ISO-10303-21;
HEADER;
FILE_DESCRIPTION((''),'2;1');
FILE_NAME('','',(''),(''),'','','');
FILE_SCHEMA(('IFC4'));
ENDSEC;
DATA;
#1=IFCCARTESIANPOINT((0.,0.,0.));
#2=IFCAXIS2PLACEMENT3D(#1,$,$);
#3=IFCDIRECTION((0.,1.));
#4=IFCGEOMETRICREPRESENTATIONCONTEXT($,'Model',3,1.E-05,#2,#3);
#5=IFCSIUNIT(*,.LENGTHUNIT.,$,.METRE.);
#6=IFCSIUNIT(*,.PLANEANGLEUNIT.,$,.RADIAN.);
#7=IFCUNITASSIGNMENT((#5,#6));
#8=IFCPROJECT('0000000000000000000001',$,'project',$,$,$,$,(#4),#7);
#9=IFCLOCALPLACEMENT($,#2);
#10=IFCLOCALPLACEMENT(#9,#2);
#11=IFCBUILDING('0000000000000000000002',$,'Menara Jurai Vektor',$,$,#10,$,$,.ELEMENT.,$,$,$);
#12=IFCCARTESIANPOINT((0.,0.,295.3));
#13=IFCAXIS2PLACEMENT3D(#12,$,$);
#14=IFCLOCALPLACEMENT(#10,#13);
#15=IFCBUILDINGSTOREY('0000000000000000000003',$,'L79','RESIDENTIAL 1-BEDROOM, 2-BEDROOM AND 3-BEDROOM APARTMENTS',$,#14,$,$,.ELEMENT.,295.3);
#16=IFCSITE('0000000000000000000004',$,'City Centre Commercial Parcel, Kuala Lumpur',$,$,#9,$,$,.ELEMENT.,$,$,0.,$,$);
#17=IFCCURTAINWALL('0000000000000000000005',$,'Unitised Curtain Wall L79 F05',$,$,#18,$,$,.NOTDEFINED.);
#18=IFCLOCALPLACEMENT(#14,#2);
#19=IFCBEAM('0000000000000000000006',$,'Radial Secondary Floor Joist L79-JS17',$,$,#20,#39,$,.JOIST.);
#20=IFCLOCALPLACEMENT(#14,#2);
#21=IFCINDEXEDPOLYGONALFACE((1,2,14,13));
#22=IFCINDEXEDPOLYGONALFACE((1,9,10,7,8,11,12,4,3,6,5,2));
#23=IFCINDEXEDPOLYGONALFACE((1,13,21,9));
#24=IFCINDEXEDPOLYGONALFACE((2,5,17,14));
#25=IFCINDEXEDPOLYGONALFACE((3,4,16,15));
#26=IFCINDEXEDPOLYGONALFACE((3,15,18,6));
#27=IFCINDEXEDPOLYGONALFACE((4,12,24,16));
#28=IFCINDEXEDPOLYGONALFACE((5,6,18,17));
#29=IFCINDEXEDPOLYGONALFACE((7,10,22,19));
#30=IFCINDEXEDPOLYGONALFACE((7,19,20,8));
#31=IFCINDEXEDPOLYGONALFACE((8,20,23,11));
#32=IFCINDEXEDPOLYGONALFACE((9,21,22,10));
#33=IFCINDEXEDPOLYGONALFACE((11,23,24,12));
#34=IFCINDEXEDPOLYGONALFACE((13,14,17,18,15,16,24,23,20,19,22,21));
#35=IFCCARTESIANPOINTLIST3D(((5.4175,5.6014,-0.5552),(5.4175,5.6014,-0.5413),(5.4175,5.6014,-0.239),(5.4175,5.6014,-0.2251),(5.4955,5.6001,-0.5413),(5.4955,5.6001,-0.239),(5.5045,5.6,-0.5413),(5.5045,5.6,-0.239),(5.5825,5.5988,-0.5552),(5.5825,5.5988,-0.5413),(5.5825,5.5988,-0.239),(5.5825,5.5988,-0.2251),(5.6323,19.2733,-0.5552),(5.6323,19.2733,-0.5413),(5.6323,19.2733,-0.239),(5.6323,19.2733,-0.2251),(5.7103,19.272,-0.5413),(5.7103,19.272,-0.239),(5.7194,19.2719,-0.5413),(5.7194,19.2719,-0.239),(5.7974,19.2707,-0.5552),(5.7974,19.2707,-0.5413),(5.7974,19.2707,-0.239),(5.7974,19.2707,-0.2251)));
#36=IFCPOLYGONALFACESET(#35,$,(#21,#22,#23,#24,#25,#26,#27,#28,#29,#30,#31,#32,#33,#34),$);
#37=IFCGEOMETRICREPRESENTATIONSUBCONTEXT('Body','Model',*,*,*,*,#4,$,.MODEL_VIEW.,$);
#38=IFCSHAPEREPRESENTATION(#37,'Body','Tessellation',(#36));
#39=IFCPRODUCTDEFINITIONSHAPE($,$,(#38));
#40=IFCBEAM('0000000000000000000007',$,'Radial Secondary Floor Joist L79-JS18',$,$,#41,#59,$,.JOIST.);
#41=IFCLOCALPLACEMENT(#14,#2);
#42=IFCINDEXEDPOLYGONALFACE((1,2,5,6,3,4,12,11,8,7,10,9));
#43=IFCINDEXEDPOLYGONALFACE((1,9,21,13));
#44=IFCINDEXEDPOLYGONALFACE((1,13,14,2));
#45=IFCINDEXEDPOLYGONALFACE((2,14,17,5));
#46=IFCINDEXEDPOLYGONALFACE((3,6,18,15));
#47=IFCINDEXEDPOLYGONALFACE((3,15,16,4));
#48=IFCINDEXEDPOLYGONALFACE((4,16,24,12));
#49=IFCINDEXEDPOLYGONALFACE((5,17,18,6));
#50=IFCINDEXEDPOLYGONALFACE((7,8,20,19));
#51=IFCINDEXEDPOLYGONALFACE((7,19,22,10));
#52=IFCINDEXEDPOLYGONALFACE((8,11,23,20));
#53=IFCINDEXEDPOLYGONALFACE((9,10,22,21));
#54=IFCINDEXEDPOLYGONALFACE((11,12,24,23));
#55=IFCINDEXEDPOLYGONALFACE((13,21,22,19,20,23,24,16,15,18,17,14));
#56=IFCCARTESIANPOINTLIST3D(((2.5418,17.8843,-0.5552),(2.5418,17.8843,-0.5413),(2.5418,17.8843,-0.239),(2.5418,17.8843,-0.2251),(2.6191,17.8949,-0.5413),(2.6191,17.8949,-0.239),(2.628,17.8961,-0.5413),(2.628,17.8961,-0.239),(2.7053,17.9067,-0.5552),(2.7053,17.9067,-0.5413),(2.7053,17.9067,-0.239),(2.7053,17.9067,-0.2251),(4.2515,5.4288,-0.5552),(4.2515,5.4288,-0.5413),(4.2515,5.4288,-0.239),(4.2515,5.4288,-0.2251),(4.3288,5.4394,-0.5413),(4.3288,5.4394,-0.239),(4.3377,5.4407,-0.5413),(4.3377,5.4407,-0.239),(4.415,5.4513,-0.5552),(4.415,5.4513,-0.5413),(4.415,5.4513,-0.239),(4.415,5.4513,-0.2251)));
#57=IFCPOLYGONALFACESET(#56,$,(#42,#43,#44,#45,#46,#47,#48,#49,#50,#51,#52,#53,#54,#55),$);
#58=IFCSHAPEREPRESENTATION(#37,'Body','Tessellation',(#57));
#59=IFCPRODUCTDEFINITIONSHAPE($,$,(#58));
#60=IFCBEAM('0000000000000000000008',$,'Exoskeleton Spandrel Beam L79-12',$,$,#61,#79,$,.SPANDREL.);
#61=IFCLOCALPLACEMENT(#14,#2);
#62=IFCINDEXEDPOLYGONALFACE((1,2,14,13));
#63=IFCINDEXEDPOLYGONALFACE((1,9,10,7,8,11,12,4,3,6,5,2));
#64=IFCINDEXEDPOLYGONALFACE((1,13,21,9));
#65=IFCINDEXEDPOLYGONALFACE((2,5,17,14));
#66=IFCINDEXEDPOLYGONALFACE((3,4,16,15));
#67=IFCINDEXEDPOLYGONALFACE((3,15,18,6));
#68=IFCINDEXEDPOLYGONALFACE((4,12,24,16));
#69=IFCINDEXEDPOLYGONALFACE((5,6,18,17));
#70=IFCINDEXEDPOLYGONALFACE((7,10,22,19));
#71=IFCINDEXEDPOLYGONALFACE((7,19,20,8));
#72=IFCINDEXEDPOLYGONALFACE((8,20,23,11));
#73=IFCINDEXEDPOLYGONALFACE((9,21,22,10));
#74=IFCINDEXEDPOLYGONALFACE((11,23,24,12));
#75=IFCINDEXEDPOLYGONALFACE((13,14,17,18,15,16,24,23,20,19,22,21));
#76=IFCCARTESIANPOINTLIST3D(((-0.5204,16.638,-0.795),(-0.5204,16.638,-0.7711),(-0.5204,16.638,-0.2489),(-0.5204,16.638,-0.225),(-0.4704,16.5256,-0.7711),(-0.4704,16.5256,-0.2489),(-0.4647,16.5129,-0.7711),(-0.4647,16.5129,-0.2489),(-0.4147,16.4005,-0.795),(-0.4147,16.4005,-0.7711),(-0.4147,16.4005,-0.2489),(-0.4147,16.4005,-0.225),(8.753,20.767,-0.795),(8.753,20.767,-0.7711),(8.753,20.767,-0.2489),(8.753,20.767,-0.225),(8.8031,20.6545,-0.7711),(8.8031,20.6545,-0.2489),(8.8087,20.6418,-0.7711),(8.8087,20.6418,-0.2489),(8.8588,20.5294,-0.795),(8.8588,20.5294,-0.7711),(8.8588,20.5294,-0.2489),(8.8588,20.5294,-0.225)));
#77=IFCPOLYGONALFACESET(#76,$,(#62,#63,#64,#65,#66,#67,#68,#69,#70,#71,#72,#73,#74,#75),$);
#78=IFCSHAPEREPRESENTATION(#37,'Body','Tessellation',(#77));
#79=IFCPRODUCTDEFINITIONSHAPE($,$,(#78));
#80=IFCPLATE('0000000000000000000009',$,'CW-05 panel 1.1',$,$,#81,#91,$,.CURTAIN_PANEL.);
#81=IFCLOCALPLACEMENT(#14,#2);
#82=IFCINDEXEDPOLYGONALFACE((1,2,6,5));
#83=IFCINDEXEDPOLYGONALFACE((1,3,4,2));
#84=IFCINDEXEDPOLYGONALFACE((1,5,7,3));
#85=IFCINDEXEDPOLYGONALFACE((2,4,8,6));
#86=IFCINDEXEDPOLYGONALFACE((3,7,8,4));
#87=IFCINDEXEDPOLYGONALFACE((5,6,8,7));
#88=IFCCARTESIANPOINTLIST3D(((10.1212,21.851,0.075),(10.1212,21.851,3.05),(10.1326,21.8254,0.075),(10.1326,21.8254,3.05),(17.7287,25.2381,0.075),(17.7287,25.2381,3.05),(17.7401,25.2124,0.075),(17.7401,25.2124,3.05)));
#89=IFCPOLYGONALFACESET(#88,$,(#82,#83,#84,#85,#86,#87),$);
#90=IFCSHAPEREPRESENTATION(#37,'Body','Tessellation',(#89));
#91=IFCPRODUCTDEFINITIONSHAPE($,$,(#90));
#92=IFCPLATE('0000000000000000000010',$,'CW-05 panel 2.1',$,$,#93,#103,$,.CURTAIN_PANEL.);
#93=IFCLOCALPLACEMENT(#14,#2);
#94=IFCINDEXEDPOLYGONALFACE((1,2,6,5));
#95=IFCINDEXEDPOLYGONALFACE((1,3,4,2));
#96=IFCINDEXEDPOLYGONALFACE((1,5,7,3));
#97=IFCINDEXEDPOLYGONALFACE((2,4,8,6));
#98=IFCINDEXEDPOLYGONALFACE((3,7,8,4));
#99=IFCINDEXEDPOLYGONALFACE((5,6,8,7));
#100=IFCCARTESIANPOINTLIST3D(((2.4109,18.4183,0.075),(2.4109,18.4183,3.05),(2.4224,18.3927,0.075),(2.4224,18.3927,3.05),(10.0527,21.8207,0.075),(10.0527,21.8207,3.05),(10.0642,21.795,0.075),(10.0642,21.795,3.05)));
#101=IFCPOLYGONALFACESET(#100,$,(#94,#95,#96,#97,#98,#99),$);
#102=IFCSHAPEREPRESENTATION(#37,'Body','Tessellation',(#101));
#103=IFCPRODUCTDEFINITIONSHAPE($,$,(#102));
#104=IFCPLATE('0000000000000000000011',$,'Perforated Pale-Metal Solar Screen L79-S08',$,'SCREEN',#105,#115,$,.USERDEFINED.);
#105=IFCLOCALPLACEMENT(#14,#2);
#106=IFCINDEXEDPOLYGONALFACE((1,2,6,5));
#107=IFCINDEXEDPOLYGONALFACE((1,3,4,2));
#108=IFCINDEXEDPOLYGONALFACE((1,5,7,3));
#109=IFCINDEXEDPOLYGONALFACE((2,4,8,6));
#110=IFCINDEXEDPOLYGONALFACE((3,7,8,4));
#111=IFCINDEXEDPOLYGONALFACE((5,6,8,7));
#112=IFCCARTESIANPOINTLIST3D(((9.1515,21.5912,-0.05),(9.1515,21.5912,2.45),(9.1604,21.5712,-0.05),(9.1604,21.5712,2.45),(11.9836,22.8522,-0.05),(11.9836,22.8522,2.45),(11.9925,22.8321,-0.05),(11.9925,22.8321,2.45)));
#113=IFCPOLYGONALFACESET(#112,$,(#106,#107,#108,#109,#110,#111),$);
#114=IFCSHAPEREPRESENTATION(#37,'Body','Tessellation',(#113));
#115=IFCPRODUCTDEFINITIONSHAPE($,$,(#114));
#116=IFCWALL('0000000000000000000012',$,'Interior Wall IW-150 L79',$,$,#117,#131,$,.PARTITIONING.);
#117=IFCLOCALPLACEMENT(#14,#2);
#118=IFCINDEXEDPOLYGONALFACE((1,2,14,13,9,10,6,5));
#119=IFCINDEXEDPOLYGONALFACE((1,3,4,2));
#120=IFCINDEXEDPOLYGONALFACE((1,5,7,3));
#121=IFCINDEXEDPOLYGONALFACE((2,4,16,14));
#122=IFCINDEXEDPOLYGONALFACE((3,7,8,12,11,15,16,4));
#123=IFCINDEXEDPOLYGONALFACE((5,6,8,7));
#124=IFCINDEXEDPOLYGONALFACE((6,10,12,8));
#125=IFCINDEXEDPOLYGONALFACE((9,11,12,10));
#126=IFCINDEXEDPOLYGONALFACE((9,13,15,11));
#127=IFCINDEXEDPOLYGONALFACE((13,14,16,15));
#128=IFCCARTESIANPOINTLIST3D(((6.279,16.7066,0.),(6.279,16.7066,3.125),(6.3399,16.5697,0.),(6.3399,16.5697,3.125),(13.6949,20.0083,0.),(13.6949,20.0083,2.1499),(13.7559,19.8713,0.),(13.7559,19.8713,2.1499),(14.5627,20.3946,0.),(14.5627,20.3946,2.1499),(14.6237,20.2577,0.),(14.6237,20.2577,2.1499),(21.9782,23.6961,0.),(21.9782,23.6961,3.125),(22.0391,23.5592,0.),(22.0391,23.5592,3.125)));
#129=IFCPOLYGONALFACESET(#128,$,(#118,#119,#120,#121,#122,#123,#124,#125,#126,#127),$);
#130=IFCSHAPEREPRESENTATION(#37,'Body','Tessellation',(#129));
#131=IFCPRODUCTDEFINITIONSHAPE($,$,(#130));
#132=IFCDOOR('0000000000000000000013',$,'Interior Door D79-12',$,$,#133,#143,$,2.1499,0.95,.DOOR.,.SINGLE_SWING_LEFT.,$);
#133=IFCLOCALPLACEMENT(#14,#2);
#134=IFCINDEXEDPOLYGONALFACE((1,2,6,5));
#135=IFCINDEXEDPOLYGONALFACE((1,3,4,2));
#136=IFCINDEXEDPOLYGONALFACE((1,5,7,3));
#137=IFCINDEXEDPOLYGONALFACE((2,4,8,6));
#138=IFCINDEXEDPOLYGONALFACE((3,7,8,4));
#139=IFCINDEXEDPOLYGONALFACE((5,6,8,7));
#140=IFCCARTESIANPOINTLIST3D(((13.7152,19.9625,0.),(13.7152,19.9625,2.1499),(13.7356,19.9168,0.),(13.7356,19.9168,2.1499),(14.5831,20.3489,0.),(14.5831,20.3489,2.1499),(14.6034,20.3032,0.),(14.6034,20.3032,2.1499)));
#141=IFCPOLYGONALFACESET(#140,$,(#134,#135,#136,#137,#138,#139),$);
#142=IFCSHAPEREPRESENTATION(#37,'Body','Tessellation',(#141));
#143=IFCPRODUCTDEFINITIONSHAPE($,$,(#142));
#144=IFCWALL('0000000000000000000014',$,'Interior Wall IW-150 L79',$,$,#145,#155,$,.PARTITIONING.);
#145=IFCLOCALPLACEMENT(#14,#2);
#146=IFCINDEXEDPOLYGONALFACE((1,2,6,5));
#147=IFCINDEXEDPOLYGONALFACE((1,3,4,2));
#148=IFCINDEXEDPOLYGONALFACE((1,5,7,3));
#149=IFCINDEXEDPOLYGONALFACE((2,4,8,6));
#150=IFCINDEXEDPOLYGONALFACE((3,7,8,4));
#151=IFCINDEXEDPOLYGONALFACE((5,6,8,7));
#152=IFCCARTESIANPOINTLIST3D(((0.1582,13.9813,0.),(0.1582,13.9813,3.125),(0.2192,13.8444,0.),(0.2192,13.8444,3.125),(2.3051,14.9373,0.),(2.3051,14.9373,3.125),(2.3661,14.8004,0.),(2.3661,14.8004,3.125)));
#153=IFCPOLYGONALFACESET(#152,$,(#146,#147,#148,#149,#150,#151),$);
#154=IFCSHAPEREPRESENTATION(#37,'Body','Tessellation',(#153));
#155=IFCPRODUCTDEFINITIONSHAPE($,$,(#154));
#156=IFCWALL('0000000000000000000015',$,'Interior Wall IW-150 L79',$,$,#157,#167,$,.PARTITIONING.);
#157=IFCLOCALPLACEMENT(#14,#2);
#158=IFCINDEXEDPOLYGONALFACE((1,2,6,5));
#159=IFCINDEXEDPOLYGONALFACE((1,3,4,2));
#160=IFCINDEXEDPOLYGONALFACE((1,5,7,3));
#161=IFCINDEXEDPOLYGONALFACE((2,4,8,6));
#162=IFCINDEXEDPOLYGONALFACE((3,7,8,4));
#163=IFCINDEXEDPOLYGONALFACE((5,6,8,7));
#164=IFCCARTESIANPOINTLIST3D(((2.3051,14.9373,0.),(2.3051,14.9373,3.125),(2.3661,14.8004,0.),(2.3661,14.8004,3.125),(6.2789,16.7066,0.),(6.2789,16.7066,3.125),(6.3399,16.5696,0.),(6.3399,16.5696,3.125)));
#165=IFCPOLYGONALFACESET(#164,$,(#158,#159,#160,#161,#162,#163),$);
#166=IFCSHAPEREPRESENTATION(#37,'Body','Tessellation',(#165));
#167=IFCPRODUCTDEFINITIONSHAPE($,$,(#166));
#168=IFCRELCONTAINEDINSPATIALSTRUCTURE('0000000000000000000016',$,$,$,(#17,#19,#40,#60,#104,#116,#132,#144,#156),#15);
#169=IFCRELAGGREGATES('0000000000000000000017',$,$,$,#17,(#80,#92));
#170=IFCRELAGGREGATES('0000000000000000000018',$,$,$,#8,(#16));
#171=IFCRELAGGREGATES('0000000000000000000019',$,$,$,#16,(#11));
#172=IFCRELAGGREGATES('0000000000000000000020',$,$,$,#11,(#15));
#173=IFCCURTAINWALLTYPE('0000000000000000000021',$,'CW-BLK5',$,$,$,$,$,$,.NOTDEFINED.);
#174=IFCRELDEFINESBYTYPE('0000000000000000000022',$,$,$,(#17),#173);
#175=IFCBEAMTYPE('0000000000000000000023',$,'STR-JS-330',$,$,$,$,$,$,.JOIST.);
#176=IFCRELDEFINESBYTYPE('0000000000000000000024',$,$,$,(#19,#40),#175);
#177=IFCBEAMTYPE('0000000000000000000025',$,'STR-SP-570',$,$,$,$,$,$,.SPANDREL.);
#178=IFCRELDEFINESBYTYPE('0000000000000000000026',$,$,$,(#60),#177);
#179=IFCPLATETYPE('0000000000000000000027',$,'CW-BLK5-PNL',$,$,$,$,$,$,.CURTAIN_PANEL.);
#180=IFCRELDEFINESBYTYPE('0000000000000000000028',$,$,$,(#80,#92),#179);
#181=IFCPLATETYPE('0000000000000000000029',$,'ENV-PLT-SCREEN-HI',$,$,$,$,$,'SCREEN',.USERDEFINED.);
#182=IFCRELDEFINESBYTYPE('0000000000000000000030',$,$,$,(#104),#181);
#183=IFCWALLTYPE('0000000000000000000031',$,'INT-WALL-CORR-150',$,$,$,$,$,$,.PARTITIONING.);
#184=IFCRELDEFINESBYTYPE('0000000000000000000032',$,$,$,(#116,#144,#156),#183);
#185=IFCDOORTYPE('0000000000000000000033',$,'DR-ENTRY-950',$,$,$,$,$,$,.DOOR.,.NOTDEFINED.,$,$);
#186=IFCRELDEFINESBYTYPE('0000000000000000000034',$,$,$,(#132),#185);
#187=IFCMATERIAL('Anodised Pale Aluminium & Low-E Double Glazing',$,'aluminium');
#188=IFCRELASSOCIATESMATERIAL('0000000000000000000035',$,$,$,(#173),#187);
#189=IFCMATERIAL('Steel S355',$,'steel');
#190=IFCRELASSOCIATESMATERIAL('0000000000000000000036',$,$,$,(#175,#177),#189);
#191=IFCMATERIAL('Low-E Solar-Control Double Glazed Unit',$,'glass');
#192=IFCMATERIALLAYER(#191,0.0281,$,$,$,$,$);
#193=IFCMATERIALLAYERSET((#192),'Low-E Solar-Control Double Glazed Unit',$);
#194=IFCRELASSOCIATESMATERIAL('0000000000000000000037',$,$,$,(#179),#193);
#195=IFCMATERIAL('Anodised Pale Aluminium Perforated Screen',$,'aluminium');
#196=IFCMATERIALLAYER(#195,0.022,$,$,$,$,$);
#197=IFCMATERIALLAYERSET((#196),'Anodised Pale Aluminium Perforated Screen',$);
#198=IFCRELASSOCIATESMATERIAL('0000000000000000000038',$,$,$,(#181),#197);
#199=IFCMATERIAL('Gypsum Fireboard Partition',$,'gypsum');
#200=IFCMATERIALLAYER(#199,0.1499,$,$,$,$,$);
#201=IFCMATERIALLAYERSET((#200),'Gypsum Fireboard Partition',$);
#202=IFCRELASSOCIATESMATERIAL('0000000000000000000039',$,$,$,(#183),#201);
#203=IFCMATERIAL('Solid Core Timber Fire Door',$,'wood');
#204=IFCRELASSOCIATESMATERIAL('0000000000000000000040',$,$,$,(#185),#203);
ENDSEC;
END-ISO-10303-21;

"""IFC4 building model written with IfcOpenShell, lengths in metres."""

from ifc_helpers import new_model, si_unit, direction, frame, frame_2d, origin, origin_2d, place, context, subcontext, project, spatial, rectangle, i_section, extrude, material, layer, layer_set, material_profile, profile_set, type_object, element, fill, aggregate, save


model = new_model("IFC4")

# Units and contexts
model_context = context("Model", 3, precision=1e-05, world=origin(), true_north=direction((0.0, 1.0)))
body_context = subcontext(model_context, "Body", "Model", "MODEL_VIEW")
ifc_project = project(units=[si_unit("LENGTHUNIT", "METRE"), si_unit("PLANEANGLEUNIT", "RADIAN")], contexts=[model_context])

# Site, building, storey
site_placement = place(None, origin())
site = spatial("IfcSite", under=ifc_project, at=site_placement, Name="City Centre Commercial Parcel, Kuala Lumpur", CompositionType="ELEMENT", RefElevation=0.0)
building_placement = place(site_placement, origin())
building = spatial("IfcBuilding", under=site, at=building_placement, Name="Menara Jurai Vektor", CompositionType="ELEMENT")
storey_placement = place(building_placement, frame((0.0, 0.0, 295.3)))
storey = spatial("IfcBuildingStorey", under=building, at=storey_placement, Name="L79", Description="RESIDENTIAL 1-BEDROOM, 2-BEDROOM AND 3-BEDROOM APARTMENTS", CompositionType="ELEMENT", Elevation=295.3)

# Curtain wall
ifc_material_1 = material(Name="Anodised Pale Aluminium & Low-E Double Glazing", Category="aluminium")
curtain_wall_type = type_object("IfcCurtainWallType", Name="CW-BLK5", PredefinedType="NOTDEFINED", material=ifc_material_1)
curtain_wall_placement = place(storey_placement, origin())
curtain_wall = element("IfcCurtainWall", 1, at=curtain_wall_placement, inside=storey, type_object=curtain_wall_type, Name="Unitised Curtain Wall L79 F05", PredefinedType="NOTDEFINED")

# Beams
ifc_material_2 = material(Name="Steel S355", Category="steel")
ifc_material_profile_1 = material_profile(ifc_material_2, i_section(OverallWidth=0.165, OverallDepth=0.3301, WebThickness=0.009, FlangeThickness=0.0139, at=origin_2d()), Name="PG 330x165x46")
ifc_profile_set_1 = profile_set([ifc_material_profile_1], Name="Steel S355")
beam_type_1 = type_object("IfcBeamType", Name="STR-JS-330", PredefinedType="JOIST", material=ifc_profile_set_1)
beam_1_placement = place(storey_placement, frame((5.7148, 19.272, -0.3901), z_axis=(-0.015712, -0.999877, 0.0), x_axis=(0.999877, -0.015712, 0.0)))
element("IfcBeam", 2, at=beam_1_placement, inside=storey, type_object=beam_type_1, Name="Radial Secondary Floor Joist L79-JS17", PredefinedType="JOIST", context=body_context, shape_type="SweptSolid", body=[
    extrude(i_section(OverallWidth=0.165, OverallDepth=0.3301, WebThickness=0.009, FlangeThickness=0.0139, at=origin_2d()), origin(), (0.0, 0.0, 1.0), 13.6736),
])
beam_2_placement = place(storey_placement, frame((2.6235, 17.8955, -0.3901), z_axis=(0.13599, -0.99071, 0.0), x_axis=(0.99071, 0.13599, 0.0)))
element("IfcBeam", 3, at=beam_2_placement, inside=storey, type_object=beam_type_1, Name="Radial Secondary Floor Joist L79-JS18", PredefinedType="JOIST", context=body_context, shape_type="SweptSolid", body=[
    extrude(i_section(OverallWidth=0.165, OverallDepth=0.3301, WebThickness=0.009, FlangeThickness=0.0139, at=origin_2d()), origin(), (0.0, 0.0, 1.0), 12.5723),
])
ifc_material_profile_2 = material_profile(ifc_material_2, i_section(OverallWidth=0.26, OverallDepth=0.5701, WebThickness=0.0139, FlangeThickness=0.0239, at=origin_2d()), Name="PG 570x260x145")
ifc_profile_set_2 = profile_set([ifc_material_profile_2], Name="Steel S355")
beam_type_2 = type_object("IfcBeamType", Name="STR-SP-570", PredefinedType="SPANDREL", material=ifc_profile_set_2)
beam_3_placement = place(storey_placement, frame((8.8059, 20.6482, -0.51), z_axis=(-0.913542, -0.406745, 0.0), x_axis=(0.406745, -0.913542, 0.0)))
element("IfcBeam", 4, at=beam_3_placement, inside=storey, type_object=beam_type_2, Name="Exoskeleton Spandrel Beam L79-12", PredefinedType="SPANDREL", context=body_context, shape_type="SweptSolid", body=[
    extrude(i_section(OverallWidth=0.26, OverallDepth=0.5701, WebThickness=0.0139, FlangeThickness=0.0239, at=origin_2d()), origin(), (0.0, 0.0, 1.0), 10.1511),
])

# Plates
ifc_material_3 = material(Name="Low-E Solar-Control Double Glazed Unit", Category="glass")
ifc_layer_1 = layer(ifc_material_3, 0.0281)
ifc_layer_set_1 = layer_set([ifc_layer_1], Name="Low-E Solar-Control Double Glazed Unit")
plate_type_1 = type_object("IfcPlateType", Name="CW-BLK5-PNL", PredefinedType="CURTAIN_PANEL", material=ifc_layer_set_1)
plate_1_placement = place(storey_placement, frame((13.9307, 23.5317, 0.075), z_axis=(0.0, 0.0, 1.0), x_axis=(-0.913546, -0.406735, 0.0)))
plate_1 = element("IfcPlate", 5, at=plate_1_placement, type_object=plate_type_1, Name="CW-05 panel 1.1", PredefinedType="CURTAIN_PANEL", context=body_context, shape_type="SweptSolid", body=[
    extrude(rectangle(XDim=8.3274, YDim=0.0281, at=origin_2d()), origin(), (0.0, 0.0, 1.0), 2.9751),
])
plate_2_placement = place(storey_placement, frame((6.2375, 20.1067, 0.075), z_axis=(0.0, 0.0, 1.0), x_axis=(-0.913546, -0.406735, 0.0)))
plate_2 = element("IfcPlate", 6, at=plate_2_placement, type_object=plate_type_1, Name="CW-05 panel 2.1", PredefinedType="CURTAIN_PANEL", context=body_context, shape_type="SweptSolid", body=[
    extrude(rectangle(XDim=8.365, YDim=0.0281, at=origin_2d()), origin(), (0.0, 0.0, 1.0), 2.9751),
])
aggregate(curtain_wall, [plate_1, plate_2])
ifc_material_4 = material(Name="Anodised Pale Aluminium Perforated Screen", Category="aluminium")
ifc_layer_2 = layer(ifc_material_4, 0.022)
ifc_layer_set_2 = layer_set([ifc_layer_2], Name="Anodised Pale Aluminium Perforated Screen")
plate_type_2 = type_object("IfcPlateType", Name="ENV-PLT-SCREEN-HI", ElementType="SCREEN", PredefinedType="USERDEFINED", material=ifc_layer_set_2)
plate_3_placement = place(storey_placement, frame((10.572, 22.2117, -0.05), z_axis=(0.0, 0.0, 1.0), x_axis=(-0.913545, -0.406737, 0.0)))
element("IfcPlate", 7, at=plate_3_placement, inside=storey, type_object=plate_type_2, Name="Perforated Pale-Metal Solar Screen L79-S08", ObjectType="SCREEN", PredefinedType="USERDEFINED", context=body_context, shape_type="SweptSolid", body=[
    extrude(rectangle(XDim=3.1001, YDim=0.022, at=origin_2d()), origin(), (0.0, 0.0, 1.0), 2.5),
])

# Wall, opening, door
ifc_material_5 = material(Name="Gypsum Fireboard Partition", Category="gypsum")
ifc_layer_3 = layer(ifc_material_5, 0.1499)
ifc_layer_set_3 = layer_set([ifc_layer_3], Name="Gypsum Fireboard Partition")
wall_type_1 = type_object("IfcWallType", Name="INT-WALL-CORR-150", PredefinedType="PARTITIONING", material=ifc_layer_set_3)
wall_1_placement = place(storey_placement, frame((6.3096, 16.6382, 0.0), z_axis=(0.0, 0.0, 1.0), x_axis=(0.913551, 0.406725, 0.0)))
wall_1 = element("IfcWall", 8, at=wall_1_placement, inside=storey, type_object=wall_type_1, Name="Interior Wall IW-150 L79", PredefinedType="PARTITIONING", context=body_context, shape_type="SweptSolid", body=[
    extrude(rectangle(XDim=17.1848, YDim=0.1499, at=frame_2d((8.5923, 0.0))), origin(), (0.0, 0.0, 1.0), 3.125),
])
opening_1_placement = place(wall_1_placement, frame((8.1174, 0.0, 0.0)))
opening_1 = element("IfcOpeningElement", 9, at=opening_1_placement, cuts=wall_1, PredefinedType="OPENING", context=body_context, shape_type="SweptSolid", body=[
    extrude(rectangle(XDim=0.95, YDim=2.1499, at=frame_2d((0.4751, 1.075))), frame((0.0, 0.085, 0.0), z_axis=(0.0, -1.0, 0.0), x_axis=(1.0, 0.0, 0.0)), (0.0, 0.0, 1.0), 0.1699),
])
ifc_material_6 = material(Name="Solid Core Timber Fire Door", Category="wood")
door_type_1 = type_object("IfcDoorType", Name="DR-ENTRY-950", OperationType="NOTDEFINED", PredefinedType="DOOR", material=ifc_material_6)
door_1_placement = place(opening_1_placement, origin())
door_1 = element("IfcDoor", 10, at=door_1_placement, inside=storey, type_object=door_type_1, Name="Interior Door D79-12", OperationType="SINGLE_SWING_LEFT", OverallHeight=2.1499, OverallWidth=0.95, PredefinedType="DOOR", context=body_context, shape_type="SweptSolid", body=[
    extrude(rectangle(XDim=0.95, YDim=2.1499, at=frame_2d((0.4751, 1.075))), frame((0.0, 0.0249, 0.0), z_axis=(0.0, -1.0, 0.0), x_axis=(1.0, 0.0, 0.0)), (0.0, 0.0, 1.0), 0.05),
])
fill(opening_1, door_1)

# Walls
wall_2_placement = place(storey_placement, frame((0.1887, 13.9128, 0.0), z_axis=(0.0, 0.0, 1.0), x_axis=(0.91352, 0.406794, 0.0)))
element("IfcWall", 11, at=wall_2_placement, inside=storey, type_object=wall_type_1, Name="Interior Wall IW-150 L79", PredefinedType="PARTITIONING", context=body_context, shape_type="SweptSolid", body=[
    extrude(rectangle(XDim=2.3501, YDim=0.1499, at=frame_2d((1.175, 0.0))), origin(), (0.0, 0.0, 1.0), 3.125),
])
wall_3_placement = place(storey_placement, frame((2.3357, 14.8689, 0.0), z_axis=(0.0, 0.0, 1.0), x_axis=(0.913545, 0.406737, 0.0)))
element("IfcWall", 12, at=wall_3_placement, inside=storey, type_object=wall_type_1, Name="Interior Wall IW-150 L79", PredefinedType="PARTITIONING", context=body_context, shape_type="SweptSolid", body=[
    extrude(rectangle(XDim=4.3499, YDim=0.1499, at=frame_2d((2.1748, 0.0))), origin(), (0.0, 0.0, 1.0), 3.125),
])

save(model, "model.ifc")
